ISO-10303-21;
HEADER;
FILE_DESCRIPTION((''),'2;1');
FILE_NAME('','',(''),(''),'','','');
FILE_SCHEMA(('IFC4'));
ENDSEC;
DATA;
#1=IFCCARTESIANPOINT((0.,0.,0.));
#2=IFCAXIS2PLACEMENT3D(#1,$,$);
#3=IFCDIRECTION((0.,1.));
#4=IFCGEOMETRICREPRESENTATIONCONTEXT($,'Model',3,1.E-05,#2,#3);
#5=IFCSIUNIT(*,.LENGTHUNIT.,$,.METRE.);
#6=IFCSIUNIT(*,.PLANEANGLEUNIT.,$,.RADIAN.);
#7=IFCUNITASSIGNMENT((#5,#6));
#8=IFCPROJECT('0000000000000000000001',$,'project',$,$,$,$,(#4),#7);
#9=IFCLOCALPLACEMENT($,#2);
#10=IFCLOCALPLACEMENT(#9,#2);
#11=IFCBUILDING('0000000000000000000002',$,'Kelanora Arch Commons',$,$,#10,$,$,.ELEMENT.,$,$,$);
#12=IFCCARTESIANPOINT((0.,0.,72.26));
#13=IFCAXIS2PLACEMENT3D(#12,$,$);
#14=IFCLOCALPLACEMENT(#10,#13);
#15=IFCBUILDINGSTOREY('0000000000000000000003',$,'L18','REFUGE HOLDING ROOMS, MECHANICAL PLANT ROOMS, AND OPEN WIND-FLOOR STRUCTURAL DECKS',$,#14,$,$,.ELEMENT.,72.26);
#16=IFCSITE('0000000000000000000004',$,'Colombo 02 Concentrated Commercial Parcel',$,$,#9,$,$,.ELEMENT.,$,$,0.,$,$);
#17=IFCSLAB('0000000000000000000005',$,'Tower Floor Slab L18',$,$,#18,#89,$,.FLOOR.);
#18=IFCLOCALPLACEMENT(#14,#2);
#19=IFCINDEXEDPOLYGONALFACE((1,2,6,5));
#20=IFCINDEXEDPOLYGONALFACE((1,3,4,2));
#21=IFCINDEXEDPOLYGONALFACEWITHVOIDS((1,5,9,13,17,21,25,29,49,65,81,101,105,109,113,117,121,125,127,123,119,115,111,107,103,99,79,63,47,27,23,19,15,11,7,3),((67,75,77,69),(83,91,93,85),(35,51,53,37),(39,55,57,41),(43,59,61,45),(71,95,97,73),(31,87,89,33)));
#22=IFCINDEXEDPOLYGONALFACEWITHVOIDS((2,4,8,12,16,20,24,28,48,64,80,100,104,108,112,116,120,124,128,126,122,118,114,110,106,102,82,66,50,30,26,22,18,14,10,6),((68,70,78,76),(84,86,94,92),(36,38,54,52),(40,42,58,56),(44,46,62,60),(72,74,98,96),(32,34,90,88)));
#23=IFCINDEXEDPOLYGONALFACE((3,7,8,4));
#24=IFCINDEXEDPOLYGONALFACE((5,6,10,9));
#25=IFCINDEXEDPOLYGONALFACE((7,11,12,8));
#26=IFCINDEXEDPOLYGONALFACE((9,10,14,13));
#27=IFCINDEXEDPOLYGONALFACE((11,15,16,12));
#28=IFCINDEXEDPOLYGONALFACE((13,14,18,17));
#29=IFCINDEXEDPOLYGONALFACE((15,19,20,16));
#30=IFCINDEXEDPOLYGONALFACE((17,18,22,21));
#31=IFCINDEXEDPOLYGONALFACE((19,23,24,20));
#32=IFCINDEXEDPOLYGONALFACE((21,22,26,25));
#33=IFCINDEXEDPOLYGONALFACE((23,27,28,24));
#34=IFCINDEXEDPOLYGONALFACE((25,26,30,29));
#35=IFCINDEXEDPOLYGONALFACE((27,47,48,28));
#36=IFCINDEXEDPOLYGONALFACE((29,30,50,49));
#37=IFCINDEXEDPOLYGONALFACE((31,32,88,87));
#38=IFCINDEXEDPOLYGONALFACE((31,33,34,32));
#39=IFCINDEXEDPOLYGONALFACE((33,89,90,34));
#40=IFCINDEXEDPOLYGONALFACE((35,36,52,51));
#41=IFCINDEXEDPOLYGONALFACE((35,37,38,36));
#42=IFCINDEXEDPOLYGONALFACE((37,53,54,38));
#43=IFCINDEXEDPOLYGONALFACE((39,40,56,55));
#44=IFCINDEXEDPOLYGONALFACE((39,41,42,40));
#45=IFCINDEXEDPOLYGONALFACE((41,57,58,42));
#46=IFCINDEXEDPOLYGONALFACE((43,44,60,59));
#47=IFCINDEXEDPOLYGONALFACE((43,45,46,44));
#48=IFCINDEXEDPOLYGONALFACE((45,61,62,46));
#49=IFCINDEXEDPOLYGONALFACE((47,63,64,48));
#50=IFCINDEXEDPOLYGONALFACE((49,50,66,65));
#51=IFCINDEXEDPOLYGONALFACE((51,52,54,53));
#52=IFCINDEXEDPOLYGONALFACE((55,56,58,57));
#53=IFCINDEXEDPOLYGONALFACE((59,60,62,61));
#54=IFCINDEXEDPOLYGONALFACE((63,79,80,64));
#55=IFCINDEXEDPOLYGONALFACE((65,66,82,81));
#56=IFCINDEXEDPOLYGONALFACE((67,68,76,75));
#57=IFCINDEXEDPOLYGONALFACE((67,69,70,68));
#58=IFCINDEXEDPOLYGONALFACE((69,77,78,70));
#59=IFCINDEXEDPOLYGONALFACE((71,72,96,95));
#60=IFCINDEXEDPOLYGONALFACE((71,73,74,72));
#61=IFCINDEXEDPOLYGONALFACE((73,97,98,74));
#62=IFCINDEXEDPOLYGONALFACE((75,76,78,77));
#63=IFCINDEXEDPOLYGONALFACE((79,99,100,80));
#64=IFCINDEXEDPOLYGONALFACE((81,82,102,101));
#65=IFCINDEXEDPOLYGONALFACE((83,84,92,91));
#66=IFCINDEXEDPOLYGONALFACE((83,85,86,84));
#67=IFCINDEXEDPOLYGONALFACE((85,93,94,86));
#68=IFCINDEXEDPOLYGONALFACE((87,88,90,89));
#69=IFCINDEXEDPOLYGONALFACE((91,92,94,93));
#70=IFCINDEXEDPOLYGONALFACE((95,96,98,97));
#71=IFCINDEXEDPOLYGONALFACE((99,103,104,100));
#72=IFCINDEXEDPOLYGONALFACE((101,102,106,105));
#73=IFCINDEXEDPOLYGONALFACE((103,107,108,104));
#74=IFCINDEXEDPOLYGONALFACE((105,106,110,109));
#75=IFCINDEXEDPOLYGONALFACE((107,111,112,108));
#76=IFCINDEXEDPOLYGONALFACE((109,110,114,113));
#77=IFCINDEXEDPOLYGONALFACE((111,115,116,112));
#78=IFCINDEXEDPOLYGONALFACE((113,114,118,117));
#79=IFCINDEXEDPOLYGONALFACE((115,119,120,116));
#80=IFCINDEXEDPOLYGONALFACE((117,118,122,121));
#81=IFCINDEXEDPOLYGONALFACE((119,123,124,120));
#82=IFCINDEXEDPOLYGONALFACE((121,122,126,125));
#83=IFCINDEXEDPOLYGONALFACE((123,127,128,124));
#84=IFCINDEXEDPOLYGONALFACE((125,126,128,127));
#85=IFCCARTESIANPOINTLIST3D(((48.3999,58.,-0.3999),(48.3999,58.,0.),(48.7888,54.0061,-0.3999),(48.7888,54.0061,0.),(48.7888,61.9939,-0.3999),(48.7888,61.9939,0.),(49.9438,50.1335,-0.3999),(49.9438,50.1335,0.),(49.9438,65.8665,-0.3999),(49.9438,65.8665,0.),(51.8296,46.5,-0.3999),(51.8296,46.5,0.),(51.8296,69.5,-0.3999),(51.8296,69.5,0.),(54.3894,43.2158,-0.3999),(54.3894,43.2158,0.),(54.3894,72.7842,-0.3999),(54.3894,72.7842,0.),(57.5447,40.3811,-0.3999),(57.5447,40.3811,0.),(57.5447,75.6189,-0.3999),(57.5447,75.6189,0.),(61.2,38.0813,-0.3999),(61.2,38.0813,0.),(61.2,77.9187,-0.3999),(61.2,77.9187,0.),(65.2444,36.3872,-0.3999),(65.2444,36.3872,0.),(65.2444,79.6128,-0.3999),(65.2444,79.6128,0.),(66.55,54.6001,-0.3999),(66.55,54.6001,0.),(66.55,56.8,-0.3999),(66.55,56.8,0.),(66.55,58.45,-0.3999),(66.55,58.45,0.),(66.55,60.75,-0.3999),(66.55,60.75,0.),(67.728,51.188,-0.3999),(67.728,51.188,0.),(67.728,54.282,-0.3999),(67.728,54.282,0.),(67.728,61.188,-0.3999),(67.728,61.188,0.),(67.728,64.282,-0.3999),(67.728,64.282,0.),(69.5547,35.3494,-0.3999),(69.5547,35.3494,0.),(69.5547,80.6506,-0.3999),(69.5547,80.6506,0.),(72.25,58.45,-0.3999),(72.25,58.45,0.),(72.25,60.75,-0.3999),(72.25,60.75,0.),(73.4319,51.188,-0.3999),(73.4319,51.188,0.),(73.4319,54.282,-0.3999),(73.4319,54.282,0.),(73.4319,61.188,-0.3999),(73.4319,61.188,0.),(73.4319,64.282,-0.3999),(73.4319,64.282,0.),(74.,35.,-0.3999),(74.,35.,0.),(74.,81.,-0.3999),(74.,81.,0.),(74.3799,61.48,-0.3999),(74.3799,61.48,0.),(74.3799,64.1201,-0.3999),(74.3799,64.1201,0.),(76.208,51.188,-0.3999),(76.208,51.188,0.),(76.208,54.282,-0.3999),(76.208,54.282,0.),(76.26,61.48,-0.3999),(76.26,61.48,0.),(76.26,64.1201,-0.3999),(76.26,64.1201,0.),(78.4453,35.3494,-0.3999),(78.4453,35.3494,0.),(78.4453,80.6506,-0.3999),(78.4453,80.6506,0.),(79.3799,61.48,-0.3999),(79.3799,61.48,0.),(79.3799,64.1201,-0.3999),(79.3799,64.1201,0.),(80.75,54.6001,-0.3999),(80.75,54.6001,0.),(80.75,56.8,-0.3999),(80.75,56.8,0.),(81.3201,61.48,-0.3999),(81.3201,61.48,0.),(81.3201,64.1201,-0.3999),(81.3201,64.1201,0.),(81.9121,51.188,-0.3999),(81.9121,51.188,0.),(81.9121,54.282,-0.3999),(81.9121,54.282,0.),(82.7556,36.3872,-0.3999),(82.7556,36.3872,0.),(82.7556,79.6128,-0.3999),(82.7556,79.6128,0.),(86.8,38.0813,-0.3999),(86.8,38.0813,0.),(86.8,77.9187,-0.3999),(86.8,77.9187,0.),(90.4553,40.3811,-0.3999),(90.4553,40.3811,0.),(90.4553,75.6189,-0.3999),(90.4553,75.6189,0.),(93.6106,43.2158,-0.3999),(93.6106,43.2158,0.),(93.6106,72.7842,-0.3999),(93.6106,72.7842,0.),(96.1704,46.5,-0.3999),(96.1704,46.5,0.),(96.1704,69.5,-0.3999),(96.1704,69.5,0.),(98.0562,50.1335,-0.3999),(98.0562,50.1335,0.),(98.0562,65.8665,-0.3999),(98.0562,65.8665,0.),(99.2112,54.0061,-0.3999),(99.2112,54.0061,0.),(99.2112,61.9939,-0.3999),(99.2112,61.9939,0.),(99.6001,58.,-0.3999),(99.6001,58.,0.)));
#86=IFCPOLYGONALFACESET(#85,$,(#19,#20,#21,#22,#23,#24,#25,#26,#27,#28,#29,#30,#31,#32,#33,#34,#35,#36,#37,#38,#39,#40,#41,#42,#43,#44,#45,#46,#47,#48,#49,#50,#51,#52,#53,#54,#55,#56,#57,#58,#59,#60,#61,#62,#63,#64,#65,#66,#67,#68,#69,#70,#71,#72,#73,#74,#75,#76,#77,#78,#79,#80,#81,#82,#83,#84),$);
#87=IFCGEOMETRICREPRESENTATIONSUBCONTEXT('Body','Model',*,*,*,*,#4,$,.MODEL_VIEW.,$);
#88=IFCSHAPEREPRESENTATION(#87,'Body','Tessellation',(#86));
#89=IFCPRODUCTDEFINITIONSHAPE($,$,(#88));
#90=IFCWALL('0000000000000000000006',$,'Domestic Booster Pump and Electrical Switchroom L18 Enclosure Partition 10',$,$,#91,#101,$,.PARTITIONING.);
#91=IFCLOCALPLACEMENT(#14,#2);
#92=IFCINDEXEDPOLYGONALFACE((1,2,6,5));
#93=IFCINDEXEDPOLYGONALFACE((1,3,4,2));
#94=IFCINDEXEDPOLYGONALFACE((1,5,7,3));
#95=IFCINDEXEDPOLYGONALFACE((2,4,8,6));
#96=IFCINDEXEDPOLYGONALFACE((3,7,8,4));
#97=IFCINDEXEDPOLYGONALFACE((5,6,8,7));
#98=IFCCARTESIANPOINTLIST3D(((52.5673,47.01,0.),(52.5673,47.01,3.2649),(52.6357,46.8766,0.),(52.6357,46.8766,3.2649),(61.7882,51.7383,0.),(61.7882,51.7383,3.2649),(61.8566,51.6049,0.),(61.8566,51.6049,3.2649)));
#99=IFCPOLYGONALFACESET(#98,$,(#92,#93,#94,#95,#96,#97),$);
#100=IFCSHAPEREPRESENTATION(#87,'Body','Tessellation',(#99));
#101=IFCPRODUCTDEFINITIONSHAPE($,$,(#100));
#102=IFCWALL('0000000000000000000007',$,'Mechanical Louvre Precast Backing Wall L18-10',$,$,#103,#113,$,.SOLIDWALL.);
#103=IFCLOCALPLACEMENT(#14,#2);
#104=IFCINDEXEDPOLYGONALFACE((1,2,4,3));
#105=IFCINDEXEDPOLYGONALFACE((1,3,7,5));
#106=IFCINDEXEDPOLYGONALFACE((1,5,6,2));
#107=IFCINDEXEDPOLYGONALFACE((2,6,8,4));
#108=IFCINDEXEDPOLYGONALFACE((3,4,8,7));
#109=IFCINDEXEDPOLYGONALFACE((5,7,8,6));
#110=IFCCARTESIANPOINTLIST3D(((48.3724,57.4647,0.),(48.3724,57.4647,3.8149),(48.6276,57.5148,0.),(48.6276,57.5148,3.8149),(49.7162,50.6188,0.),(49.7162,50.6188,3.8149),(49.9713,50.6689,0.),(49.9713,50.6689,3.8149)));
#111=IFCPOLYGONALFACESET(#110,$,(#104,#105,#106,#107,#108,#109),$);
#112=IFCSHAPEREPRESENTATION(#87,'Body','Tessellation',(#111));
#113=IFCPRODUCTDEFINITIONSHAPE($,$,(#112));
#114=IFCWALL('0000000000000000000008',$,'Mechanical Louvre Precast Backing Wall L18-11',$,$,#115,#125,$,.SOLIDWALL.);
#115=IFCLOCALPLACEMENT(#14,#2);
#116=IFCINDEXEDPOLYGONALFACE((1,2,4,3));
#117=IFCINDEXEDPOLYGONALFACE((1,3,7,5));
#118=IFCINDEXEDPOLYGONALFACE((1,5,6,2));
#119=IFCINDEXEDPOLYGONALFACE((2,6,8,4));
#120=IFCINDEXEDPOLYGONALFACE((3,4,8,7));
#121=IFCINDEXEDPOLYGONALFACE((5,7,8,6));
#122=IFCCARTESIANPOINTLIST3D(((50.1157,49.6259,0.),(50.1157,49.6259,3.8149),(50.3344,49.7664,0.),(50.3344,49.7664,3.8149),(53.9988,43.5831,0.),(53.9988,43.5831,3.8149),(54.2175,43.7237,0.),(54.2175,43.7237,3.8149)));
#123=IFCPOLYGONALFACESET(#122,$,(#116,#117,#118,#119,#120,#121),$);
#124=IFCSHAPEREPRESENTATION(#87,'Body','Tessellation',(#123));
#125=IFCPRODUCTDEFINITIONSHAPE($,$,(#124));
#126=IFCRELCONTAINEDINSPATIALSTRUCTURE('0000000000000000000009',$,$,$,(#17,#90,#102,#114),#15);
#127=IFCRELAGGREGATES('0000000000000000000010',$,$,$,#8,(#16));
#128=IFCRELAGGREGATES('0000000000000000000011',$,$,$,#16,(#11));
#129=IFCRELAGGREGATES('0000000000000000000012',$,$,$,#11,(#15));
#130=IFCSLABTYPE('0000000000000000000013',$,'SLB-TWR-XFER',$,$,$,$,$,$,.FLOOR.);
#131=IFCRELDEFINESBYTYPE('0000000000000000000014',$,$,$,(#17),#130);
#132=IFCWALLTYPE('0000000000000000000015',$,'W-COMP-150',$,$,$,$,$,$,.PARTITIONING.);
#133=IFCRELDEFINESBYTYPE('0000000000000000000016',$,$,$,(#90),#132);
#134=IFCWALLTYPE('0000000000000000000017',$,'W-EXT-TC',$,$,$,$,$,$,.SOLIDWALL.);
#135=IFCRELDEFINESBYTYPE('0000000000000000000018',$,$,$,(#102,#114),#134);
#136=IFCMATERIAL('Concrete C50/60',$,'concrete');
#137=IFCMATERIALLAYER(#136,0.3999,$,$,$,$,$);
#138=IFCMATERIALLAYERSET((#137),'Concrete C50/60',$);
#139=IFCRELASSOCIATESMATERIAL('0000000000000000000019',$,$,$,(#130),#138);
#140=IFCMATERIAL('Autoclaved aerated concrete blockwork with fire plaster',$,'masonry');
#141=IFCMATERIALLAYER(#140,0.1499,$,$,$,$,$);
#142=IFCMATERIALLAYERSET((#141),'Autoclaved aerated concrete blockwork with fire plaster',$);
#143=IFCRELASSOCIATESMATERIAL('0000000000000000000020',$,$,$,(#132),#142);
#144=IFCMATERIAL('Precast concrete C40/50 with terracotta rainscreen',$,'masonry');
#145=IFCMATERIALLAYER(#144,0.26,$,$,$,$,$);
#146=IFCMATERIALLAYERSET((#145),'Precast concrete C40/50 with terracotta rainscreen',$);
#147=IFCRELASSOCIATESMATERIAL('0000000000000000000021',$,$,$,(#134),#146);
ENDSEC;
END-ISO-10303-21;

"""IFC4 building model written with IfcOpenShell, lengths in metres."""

from ifc_helpers import new_model, si_unit, direction, frame, frame_2d, origin, place, context, subcontext, project, spatial, polyline, rectangle, outline, extrude, material, layer, layer_set, type_object, element, save


model = new_model("IFC4")

# Units and contexts
model_context = context("Model", 3, precision=1e-05, world=origin(), true_north=direction((0.0, 1.0)))
body_context = subcontext(model_context, "Body", "Model", "MODEL_VIEW")
ifc_project = project(units=[si_unit("LENGTHUNIT", "METRE"), si_unit("PLANEANGLEUNIT", "RADIAN")], contexts=[model_context])

# Site, building, storey
site_placement = place(None, origin())
site = spatial("IfcSite", under=ifc_project, at=site_placement, Name="Colombo 02 Concentrated Commercial Parcel", CompositionType="ELEMENT", RefElevation=0.0)
building_placement = place(site_placement, origin())
building = spatial("IfcBuilding", under=site, at=building_placement, Name="Kelanora Arch Commons", CompositionType="ELEMENT")
storey_placement = place(building_placement, frame((0.0, 0.0, 72.26)))
storey = spatial("IfcBuildingStorey", under=building, at=storey_placement, Name="L18", Description="REFUGE HOLDING ROOMS, MECHANICAL PLANT ROOMS, AND OPEN WIND-FLOOR STRUCTURAL DECKS", CompositionType="ELEMENT", Elevation=72.26)

# Slab
ifc_material_1 = material(Name="Concrete C50/60", Category="concrete")
ifc_layer_1 = layer(ifc_material_1, 0.3999)
ifc_layer_set_1 = layer_set([ifc_layer_1], Name="Concrete C50/60")
slab_type_1 = type_object("IfcSlabType", Name="SLB-TWR-XFER", PredefinedType="FLOOR", material=ifc_layer_set_1)
slab_1_placement = place(storey_placement, frame((0.0, 0.0, -0.3999)))
element("IfcSlab", 1, at=slab_1_placement, inside=storey, type_object=slab_type_1, Name="Tower Floor Slab L18", PredefinedType="FLOOR", context=body_context, shape_type="SweptSolid", body=[
    extrude(outline(polyline([(99.6001, 58.0), (99.2112, 61.9939), (98.0562, 65.8665), (96.1704, 69.5), (93.6106, 72.7842), (90.4553, 75.6189), (86.8, 77.9187), (82.7556, 79.6128), (78.4453, 80.6506), (74.0, 81.0), (69.5547, 80.6506), (65.2444, 79.6128), (61.2, 77.9187), (57.5447, 75.6189), (54.3894, 72.7842), (51.8296, 69.5), (49.9438, 65.8665), (48.7888, 61.9939), (48.3999, 58.0), (48.7888, 54.0061), (49.9438, 50.1335), (51.8296, 46.5), (54.3894, 43.2158), (57.5447, 40.3811), (61.2, 38.0813), (65.2444, 36.3872), (69.5547, 35.3494), (74.0, 35.0), (78.4453, 35.3494), (82.7556, 36.3872), (86.8, 38.0813), (90.4553, 40.3811), (93.6106, 43.2158), (96.1704, 46.5), (98.0562, 50.1335), (99.2112, 54.0061), (99.6001, 58.0)]), holes=[polyline([(73.4319, 51.188), (67.728, 51.188), (67.728, 54.282), (73.4319, 54.282), (73.4319, 51.188)]), polyline([(76.208, 51.188), (76.208, 54.282), (81.9121, 54.282), (81.9121, 51.188), (76.208, 51.188)]), polyline([(66.55, 54.6001), (66.55, 56.8), (80.75, 56.8), (80.75, 54.6001), (66.55, 54.6001)]), polyline([(66.55, 58.45), (66.55, 60.75), (72.25, 60.75), (72.25, 58.45), (66.55, 58.45)]), polyline([(67.728, 61.188), (67.728, 64.282), (73.4319, 64.282), (73.4319, 61.188), (67.728, 61.188)]), polyline([(74.3799, 61.48), (74.3799, 64.1201), (76.26, 64.1201), (76.26, 61.48), (74.3799, 61.48)]), polyline([(79.3799, 61.48), (79.3799, 64.1201), (81.3201, 64.1201), (81.3201, 61.48), (79.3799, 61.48)])]), origin(), (0.0, 0.0, 1.0), 0.3999),
])

# Walls
ifc_material_2 = material(Name="Autoclaved aerated concrete blockwork with fire plaster", Category="masonry")
ifc_layer_2 = layer(ifc_material_2, 0.1499)
ifc_layer_set_2 = layer_set([ifc_layer_2], Name="Autoclaved aerated concrete blockwork with fire plaster")
wall_type_1 = type_object("IfcWallType", Name="W-COMP-150", PredefinedType="PARTITIONING", material=ifc_layer_set_2)
wall_1_placement = place(storey_placement, frame((52.6016, 46.9434, 0.0), z_axis=(0.0, 0.0, 1.0), x_axis=(0.889834, 0.456285, 0.0)))
element("IfcWall", 2, at=wall_1_placement, inside=storey, type_object=wall_type_1, Name="Domestic Booster Pump and Electrical Switchroom L18 Enclosure Partition 10", PredefinedType="PARTITIONING", context=body_context, shape_type="SweptSolid", body=[
    extrude(rectangle(XDim=10.3625, YDim=0.1499, at=frame_2d((5.1812, 0.0))), origin(), (0.0, 0.0, 1.0), 3.2649),
])
ifc_material_3 = material(Name="Precast concrete C40/50 with terracotta rainscreen", Category="masonry")
ifc_layer_3 = layer(ifc_material_3, 0.26)
ifc_layer_set_3 = layer_set([ifc_layer_3], Name="Precast concrete C40/50 with terracotta rainscreen")
wall_type_2 = type_object("IfcWallType", Name="W-EXT-TC", PredefinedType="SOLIDWALL", material=ifc_layer_set_3)
wall_2_placement = place(storey_placement, frame((48.5, 57.4897, 0.0), z_axis=(0.0, 0.0, 1.0), x_axis=(0.192609, -0.981276, 0.0)))
element("IfcWall", 3, at=wall_2_placement, inside=storey, type_object=wall_type_2, Name="Mechanical Louvre Precast Backing Wall L18-10", PredefinedType="SOLIDWALL", context=body_context, shape_type="SweptSolid", body=[
    extrude(rectangle(XDim=6.9766, YDim=0.26, at=frame_2d((3.4883, 0.0))), origin(), (0.0, 0.0, 1.0), 3.8149),
])
wall_3_placement = place(storey_placement, frame((50.2251, 49.696, 0.0), z_axis=(0.0, 0.0, 1.0), x_axis=(0.540605, -0.841277, 0.0)))
element("IfcWall", 4, at=wall_3_placement, inside=storey, type_object=wall_type_2, Name="Mechanical Louvre Precast Backing Wall L18-11", PredefinedType="SOLIDWALL", context=body_context, shape_type="SweptSolid", body=[
    extrude(rectangle(XDim=7.1829, YDim=0.26, at=frame_2d((3.5913, 0.0))), origin(), (0.0, 0.0, 1.0), 3.8149),
])

save(model, "model.ifc")
